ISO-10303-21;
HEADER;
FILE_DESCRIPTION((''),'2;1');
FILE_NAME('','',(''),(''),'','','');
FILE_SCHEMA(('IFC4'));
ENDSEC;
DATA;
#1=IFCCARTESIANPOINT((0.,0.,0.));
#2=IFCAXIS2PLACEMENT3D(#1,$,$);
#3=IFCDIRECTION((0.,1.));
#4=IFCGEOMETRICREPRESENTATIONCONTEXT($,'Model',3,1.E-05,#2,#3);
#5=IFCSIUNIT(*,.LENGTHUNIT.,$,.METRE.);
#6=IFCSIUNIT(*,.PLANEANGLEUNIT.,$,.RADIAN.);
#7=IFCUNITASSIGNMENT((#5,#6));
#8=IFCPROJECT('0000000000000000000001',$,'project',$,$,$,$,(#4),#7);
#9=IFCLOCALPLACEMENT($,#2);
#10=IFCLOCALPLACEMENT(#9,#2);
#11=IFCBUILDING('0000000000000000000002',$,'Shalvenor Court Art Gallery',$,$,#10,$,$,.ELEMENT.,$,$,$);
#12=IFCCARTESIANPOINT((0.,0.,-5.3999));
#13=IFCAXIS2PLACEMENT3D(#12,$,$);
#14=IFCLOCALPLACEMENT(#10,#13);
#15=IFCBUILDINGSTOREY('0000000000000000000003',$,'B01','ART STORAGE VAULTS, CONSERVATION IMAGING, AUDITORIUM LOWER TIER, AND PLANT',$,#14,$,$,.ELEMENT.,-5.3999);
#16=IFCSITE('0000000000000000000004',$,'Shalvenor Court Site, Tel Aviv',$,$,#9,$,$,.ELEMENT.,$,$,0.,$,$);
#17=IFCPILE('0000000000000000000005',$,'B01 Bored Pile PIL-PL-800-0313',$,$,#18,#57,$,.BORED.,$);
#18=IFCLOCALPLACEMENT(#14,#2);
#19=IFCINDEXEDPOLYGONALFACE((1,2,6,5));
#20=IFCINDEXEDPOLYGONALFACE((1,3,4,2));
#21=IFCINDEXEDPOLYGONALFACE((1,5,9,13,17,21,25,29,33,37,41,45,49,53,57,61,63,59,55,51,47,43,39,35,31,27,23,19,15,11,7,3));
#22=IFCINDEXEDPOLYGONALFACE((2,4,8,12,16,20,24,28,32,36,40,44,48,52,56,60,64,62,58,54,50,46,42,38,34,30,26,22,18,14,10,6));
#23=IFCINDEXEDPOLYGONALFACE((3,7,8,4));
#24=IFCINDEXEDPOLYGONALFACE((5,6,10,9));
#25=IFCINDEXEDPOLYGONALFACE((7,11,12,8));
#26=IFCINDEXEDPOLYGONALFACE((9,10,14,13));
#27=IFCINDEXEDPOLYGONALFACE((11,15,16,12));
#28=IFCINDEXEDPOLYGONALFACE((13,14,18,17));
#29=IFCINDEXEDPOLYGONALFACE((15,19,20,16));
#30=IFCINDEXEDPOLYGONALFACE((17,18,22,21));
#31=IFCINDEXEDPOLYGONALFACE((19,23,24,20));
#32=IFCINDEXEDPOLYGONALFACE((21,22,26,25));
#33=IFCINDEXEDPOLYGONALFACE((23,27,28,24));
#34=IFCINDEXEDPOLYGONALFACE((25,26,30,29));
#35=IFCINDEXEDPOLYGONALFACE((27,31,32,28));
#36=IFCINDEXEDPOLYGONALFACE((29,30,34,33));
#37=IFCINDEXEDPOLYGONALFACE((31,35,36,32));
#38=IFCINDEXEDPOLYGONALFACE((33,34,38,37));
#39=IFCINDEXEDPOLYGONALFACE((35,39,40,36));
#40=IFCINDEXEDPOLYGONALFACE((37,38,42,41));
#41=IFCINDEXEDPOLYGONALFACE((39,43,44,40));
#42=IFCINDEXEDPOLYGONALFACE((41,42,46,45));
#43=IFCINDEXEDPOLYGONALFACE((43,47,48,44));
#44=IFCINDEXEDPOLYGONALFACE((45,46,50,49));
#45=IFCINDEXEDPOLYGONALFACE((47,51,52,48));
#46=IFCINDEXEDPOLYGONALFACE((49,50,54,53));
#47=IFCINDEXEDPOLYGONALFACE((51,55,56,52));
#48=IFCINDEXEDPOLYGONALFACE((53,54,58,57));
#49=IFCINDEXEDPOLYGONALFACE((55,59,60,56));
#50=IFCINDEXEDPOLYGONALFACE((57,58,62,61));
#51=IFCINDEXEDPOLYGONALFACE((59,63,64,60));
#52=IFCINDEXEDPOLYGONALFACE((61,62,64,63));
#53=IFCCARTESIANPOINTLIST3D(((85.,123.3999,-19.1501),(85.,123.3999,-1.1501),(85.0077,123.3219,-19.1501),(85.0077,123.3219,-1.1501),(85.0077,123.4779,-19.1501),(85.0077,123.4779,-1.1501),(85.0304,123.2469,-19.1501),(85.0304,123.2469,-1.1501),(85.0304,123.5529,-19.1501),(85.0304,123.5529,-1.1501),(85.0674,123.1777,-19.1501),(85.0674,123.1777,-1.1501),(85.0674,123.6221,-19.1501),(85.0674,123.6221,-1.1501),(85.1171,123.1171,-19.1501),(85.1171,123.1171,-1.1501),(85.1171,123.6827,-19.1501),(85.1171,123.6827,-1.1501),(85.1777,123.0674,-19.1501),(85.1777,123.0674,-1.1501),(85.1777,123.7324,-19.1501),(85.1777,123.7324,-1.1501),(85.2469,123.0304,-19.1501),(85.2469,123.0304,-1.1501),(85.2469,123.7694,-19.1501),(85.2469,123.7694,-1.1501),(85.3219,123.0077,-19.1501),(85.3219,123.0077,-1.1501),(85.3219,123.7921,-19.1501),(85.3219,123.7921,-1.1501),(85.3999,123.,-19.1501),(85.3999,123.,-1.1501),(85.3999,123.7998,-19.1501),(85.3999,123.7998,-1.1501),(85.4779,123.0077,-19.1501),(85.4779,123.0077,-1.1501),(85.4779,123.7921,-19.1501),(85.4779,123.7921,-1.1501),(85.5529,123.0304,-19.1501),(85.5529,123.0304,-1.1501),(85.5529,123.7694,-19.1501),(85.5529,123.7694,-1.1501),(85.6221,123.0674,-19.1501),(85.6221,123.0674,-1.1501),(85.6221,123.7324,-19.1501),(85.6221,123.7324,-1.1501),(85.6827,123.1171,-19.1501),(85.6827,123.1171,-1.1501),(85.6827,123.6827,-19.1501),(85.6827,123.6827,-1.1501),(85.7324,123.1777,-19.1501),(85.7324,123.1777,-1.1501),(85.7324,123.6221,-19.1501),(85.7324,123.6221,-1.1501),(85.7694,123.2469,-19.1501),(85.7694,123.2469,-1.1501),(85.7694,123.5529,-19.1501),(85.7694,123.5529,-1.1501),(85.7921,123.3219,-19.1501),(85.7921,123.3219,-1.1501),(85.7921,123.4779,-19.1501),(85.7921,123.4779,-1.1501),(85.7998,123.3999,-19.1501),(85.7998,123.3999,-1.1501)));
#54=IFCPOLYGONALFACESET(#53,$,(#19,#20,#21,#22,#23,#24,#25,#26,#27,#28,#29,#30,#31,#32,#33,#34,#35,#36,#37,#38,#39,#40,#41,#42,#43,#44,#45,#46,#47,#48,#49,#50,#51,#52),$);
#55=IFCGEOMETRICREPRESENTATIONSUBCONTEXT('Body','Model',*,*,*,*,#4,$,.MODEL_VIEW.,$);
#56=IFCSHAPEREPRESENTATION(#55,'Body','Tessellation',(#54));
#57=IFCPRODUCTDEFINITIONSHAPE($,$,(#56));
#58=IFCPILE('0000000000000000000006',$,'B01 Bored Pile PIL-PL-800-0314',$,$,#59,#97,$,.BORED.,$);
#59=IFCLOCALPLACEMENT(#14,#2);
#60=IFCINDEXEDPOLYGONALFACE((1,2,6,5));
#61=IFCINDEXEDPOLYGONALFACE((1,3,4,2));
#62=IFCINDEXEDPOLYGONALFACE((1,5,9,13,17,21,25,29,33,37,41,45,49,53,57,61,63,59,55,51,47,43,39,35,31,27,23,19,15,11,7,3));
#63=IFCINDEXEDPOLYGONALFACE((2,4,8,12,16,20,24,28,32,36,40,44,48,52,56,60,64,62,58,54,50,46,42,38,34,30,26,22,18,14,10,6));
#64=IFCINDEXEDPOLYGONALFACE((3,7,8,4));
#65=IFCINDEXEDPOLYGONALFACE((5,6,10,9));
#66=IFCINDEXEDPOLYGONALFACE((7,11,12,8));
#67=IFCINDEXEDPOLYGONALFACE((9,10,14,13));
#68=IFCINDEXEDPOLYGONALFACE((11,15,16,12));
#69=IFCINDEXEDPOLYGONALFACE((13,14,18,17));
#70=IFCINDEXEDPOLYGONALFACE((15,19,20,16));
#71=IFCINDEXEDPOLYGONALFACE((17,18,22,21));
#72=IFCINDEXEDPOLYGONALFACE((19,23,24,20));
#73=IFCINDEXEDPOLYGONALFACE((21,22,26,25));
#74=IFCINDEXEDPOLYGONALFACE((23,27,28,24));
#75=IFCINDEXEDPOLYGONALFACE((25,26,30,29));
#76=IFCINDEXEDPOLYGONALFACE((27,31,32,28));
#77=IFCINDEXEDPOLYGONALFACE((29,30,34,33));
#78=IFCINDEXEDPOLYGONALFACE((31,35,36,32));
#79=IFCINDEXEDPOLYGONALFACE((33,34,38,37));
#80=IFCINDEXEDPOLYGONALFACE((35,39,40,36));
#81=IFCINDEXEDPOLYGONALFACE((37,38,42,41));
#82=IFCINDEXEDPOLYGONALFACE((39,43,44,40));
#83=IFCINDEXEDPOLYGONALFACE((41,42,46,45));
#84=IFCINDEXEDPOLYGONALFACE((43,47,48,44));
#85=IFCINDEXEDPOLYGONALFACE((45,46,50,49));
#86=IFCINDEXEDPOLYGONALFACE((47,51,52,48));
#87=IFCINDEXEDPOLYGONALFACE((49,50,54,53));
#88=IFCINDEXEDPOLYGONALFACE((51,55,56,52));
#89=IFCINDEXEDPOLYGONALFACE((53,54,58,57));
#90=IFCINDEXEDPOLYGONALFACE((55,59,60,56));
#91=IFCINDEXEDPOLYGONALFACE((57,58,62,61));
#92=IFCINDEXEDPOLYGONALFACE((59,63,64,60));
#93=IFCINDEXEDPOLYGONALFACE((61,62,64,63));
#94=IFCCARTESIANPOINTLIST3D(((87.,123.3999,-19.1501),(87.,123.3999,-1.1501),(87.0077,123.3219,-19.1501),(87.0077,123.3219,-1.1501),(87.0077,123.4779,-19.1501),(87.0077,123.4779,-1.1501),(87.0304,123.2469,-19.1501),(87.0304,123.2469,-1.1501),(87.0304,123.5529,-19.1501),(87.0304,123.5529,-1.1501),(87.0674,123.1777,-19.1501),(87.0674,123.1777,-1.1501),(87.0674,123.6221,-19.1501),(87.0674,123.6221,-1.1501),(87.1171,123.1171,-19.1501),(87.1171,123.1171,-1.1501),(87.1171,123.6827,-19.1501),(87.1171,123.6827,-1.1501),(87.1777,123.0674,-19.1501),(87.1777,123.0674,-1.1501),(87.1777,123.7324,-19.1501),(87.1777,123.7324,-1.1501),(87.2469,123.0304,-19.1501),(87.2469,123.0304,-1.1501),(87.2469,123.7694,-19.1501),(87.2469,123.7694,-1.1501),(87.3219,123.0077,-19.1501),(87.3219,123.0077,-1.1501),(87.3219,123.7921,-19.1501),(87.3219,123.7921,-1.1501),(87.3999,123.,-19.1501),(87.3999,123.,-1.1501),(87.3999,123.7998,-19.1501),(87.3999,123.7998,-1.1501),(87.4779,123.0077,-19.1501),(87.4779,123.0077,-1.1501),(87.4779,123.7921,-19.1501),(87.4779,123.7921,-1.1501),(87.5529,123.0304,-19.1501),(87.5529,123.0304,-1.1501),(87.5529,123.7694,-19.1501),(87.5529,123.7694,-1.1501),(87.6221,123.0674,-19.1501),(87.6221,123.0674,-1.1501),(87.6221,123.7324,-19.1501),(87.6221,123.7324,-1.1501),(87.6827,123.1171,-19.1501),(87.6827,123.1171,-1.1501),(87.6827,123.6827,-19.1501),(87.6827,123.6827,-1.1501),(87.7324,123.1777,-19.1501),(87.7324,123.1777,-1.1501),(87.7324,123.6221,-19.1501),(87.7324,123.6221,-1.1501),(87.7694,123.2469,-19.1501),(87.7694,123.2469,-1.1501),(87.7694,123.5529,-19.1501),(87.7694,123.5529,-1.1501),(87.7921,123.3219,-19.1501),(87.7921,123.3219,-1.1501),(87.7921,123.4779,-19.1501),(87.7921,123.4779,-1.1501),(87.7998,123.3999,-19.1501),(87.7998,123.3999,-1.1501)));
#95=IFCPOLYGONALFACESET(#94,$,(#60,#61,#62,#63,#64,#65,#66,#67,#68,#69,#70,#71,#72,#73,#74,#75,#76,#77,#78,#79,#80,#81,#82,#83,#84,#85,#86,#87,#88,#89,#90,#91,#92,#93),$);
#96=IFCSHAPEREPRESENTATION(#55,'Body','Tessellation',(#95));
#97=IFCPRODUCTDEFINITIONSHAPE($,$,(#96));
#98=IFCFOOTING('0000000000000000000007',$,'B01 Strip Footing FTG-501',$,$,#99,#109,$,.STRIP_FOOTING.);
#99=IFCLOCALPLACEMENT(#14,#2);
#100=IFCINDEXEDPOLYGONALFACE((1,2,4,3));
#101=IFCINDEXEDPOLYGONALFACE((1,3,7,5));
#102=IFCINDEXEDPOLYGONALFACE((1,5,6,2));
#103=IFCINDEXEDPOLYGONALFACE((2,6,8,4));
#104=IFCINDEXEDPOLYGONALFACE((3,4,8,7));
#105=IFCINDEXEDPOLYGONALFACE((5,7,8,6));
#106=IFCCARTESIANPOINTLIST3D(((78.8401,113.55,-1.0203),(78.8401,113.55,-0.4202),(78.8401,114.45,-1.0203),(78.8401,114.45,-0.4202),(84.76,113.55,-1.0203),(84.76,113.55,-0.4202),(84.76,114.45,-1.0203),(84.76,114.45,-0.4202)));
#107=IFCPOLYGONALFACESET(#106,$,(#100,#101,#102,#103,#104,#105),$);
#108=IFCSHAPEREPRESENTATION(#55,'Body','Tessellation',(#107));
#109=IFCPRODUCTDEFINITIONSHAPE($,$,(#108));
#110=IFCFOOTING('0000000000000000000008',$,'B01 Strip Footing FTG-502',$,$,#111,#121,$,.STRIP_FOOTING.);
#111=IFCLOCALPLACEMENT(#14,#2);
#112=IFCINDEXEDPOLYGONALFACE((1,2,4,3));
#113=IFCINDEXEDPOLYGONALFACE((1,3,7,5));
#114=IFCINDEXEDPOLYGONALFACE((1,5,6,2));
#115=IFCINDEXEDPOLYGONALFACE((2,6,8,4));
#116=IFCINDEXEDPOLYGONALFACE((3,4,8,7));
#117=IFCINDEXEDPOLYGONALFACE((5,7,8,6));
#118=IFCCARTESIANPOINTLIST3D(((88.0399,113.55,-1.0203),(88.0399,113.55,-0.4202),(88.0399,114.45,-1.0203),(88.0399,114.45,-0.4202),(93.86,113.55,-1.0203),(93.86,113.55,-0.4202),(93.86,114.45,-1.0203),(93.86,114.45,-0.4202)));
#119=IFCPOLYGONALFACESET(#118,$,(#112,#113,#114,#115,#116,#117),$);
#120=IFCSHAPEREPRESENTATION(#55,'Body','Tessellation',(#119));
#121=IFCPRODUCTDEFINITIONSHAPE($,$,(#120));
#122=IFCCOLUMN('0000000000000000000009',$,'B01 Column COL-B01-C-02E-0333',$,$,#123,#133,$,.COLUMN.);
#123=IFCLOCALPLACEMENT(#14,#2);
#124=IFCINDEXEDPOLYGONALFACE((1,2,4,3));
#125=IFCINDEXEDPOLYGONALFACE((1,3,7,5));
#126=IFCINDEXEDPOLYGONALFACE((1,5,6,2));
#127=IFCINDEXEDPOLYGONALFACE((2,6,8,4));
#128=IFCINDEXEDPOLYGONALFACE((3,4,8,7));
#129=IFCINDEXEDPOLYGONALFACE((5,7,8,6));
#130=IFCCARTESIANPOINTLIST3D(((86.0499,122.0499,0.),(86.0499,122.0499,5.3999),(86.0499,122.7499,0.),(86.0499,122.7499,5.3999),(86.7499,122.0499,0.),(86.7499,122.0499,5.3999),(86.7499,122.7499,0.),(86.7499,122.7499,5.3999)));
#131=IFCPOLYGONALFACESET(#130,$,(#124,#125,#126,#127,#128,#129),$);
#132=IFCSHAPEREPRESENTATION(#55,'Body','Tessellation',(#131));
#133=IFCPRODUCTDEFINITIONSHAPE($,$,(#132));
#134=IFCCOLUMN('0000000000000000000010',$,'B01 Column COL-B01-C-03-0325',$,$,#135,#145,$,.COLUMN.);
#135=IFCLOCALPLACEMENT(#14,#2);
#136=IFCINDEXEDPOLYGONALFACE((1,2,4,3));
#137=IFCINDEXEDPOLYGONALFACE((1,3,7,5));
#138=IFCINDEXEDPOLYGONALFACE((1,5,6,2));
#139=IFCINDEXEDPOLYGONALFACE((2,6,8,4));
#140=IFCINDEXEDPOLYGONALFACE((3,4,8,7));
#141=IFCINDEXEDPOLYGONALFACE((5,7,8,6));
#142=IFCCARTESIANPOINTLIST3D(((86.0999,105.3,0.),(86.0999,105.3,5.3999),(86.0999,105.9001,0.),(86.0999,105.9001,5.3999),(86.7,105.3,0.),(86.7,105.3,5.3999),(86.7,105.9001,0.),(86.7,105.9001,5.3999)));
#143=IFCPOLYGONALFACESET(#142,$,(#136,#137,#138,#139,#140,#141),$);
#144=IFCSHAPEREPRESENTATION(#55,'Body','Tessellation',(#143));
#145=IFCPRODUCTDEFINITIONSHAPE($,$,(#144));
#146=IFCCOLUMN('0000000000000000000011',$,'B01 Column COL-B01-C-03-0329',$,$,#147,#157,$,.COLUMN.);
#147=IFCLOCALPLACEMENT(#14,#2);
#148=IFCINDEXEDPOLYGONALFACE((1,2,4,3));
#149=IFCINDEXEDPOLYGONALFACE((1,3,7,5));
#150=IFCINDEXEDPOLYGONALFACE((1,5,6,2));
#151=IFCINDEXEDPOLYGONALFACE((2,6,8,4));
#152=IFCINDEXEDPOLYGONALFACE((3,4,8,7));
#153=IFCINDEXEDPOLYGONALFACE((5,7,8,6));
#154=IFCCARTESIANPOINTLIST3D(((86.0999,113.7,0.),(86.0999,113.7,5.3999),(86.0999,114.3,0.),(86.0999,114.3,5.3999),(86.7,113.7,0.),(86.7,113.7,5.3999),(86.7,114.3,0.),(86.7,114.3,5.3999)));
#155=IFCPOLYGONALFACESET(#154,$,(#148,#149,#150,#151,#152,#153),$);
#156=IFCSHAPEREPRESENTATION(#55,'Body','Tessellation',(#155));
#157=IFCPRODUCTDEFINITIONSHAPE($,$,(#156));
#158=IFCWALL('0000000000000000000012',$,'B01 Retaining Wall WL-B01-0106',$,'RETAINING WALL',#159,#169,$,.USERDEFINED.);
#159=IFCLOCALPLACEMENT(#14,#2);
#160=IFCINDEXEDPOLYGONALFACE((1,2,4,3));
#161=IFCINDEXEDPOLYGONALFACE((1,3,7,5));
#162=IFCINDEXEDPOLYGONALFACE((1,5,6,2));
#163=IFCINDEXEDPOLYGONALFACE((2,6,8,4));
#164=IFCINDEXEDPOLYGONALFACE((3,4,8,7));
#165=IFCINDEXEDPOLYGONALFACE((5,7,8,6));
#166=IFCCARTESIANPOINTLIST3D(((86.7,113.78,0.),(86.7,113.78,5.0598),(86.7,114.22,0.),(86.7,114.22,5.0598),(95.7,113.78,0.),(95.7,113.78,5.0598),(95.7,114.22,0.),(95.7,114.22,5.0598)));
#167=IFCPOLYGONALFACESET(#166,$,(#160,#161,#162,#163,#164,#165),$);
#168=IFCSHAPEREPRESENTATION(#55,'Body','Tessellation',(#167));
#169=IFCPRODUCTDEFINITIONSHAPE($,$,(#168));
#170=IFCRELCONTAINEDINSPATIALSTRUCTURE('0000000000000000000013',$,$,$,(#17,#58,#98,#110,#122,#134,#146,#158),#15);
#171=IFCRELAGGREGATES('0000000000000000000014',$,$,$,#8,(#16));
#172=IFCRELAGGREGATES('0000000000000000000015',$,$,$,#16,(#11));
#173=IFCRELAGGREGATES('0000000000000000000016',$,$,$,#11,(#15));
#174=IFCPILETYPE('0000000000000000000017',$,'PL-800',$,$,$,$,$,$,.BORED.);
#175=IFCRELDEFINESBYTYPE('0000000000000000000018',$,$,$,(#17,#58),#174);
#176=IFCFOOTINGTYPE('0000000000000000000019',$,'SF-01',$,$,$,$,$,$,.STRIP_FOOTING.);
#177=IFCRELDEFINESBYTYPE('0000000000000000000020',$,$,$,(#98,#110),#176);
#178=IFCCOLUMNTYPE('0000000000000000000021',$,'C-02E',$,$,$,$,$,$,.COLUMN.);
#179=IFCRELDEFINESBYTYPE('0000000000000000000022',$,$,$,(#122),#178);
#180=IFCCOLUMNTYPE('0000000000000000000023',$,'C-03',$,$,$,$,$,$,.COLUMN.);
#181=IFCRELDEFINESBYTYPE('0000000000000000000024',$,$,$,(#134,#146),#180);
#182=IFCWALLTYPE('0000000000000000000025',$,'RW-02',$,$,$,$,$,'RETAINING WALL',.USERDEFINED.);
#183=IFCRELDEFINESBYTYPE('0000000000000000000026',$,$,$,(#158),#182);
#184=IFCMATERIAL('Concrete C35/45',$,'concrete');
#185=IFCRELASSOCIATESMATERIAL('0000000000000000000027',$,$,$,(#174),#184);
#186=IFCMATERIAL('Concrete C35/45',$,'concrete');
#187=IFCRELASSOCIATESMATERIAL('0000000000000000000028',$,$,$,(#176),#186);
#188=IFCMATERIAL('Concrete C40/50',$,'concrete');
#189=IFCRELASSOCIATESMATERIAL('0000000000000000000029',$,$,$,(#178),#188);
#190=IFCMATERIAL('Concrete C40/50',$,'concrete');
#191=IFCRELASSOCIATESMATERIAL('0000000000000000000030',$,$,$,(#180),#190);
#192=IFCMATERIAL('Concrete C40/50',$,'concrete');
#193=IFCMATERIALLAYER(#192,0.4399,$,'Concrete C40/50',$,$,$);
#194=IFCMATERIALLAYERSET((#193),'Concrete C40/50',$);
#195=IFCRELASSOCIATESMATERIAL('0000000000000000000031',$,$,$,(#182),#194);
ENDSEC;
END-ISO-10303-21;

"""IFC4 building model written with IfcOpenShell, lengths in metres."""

from ifc_helpers import new_model, si_unit, direction, frame, frame_2d, origin, origin_2d, place, context, subcontext, project, spatial, rectangle, circle, extrude, material, layer, layer_set, material_profile, profile_set, type_object, element, save


model = new_model("IFC4")

# Units and contexts
model_context = context("Model", 3, precision=1e-05, world=origin(), true_north=direction((0.0, 1.0)))
body_context = subcontext(model_context, "Body", "Model", "MODEL_VIEW")
ifc_project = project(units=[si_unit("LENGTHUNIT", "METRE"), si_unit("PLANEANGLEUNIT", "RADIAN")], contexts=[model_context])

# Site, building, storey
site_placement = place(None, origin())
site = spatial("IfcSite", under=ifc_project, at=site_placement, Name="Shalvenor Court Site, Tel Aviv", CompositionType="ELEMENT", RefElevation=0.0)
building_placement = place(site_placement, origin())
building = spatial("IfcBuilding", under=site, at=building_placement, Name="Shalvenor Court Art Gallery", CompositionType="ELEMENT")
storey_placement = place(building_placement, frame((0.0, 0.0, -5.3999)))
storey = spatial("IfcBuildingStorey", under=building, at=storey_placement, Name="B01", Description="ART STORAGE VAULTS, CONSERVATION IMAGING, AUDITORIUM LOWER TIER, AND PLANT", CompositionType="ELEMENT", Elevation=-5.3999)

# Piles
ifc_material_1 = material(Name="Concrete C35/45", Category="concrete")
ifc_material_profile_1 = material_profile(ifc_material_1, circle(Radius=0.3999, at=origin_2d()), Name="PILE 800")
ifc_profile_set_1 = profile_set([ifc_material_profile_1], Name="Concrete C35/45")
pile_type_1 = type_object("IfcPileType", Name="PL-800", PredefinedType="BORED", material=ifc_profile_set_1)
for number, where, z_axis, x_axis, name in (
    (1, (85.3999, 123.3999, -1.1501), (0.0, 0.0, -1.0), (1.0, 0.0, 0.0), "B01 Bored Pile PIL-PL-800-0313"),
    (2, (87.3999, 123.3999, -1.1501), (0.0, 0.0, -1.0), (1.0, 0.0, 0.0), "B01 Bored Pile PIL-PL-800-0314"),
):
    element("IfcPile", number, at=place(storey_placement, frame(where, z_axis=z_axis, x_axis=x_axis)), inside=storey, type_object=pile_type_1, Name=name, PredefinedType="BORED", context=body_context, shape_type="SweptSolid", body=[
        extrude(circle(Radius=0.3999, at=origin_2d()), origin(), (0.0, 0.0, 1.0), 18.0),
    ])

# Footings
ifc_material_2 = material(Name="Concrete C35/45", Category="concrete")
footing_type_1 = type_object("IfcFootingType", Name="SF-01", PredefinedType="STRIP_FOOTING", material=ifc_material_2)
footing_1_placement = place(storey_placement, frame((81.8, 114.0, -1.0203), z_axis=(0.0, 0.0, 1.0), x_axis=(1.0, 0.0, 0.0)))
element("IfcFooting", 3, at=footing_1_placement, inside=storey, type_object=footing_type_1, Name="B01 Strip Footing FTG-501", PredefinedType="STRIP_FOOTING", context=body_context, shape_type="SweptSolid", body=[
    extrude(rectangle(XDim=5.9199, YDim=0.8999, at=origin_2d()), origin(), (0.0, 0.0, 1.0), 0.6001),
])
footing_2_placement = place(storey_placement, frame((90.95, 114.0, -1.0203), z_axis=(0.0, 0.0, 1.0), x_axis=(1.0, 0.0, 0.0)))
element("IfcFooting", 4, at=footing_2_placement, inside=storey, type_object=footing_type_1, Name="B01 Strip Footing FTG-502", PredefinedType="STRIP_FOOTING", context=body_context, shape_type="SweptSolid", body=[
    extrude(rectangle(XDim=5.8201, YDim=0.8999, at=origin_2d()), origin(), (0.0, 0.0, 1.0), 0.6001),
])

# Columns
ifc_material_3 = material(Name="Concrete C40/50", Category="concrete")
ifc_material_profile_2 = material_profile(ifc_material_3, rectangle(XDim=0.7, YDim=0.7, at=origin_2d()), Name="RC 700x700")
ifc_profile_set_2 = profile_set([ifc_material_profile_2], Name="Concrete C40/50")
column_type_1 = type_object("IfcColumnType", Name="C-02E", PredefinedType="COLUMN", material=ifc_profile_set_2)
column_placement = place(storey_placement, frame((86.3999, 122.3999, 0.0), z_axis=(0.0, 0.0, 1.0), x_axis=(1.0, 0.0, 0.0)))
element("IfcColumn", 5, at=column_placement, inside=storey, type_object=column_type_1, Name="B01 Column COL-B01-C-02E-0333", PredefinedType="COLUMN", context=body_context, shape_type="SweptSolid", body=[
    extrude(rectangle(XDim=0.7, YDim=0.7, at=origin_2d()), origin(), (0.0, 0.0, 1.0), 5.3999),
])
ifc_material_4 = material(Name="Concrete C40/50", Category="concrete")
ifc_material_profile_3 = material_profile(ifc_material_4, rectangle(XDim=0.6001, YDim=0.6001, at=origin_2d()), Name="RC 600x600")
ifc_profile_set_3 = profile_set([ifc_material_profile_3], Name="Concrete C40/50")
column_type_2 = type_object("IfcColumnType", Name="C-03", PredefinedType="COLUMN", material=ifc_profile_set_3)
for number, where, z_axis, x_axis, name in (
    (6, (86.3999, 105.6001, 0.0), (0.0, 0.0, 1.0), (1.0, 0.0, 0.0), "B01 Column COL-B01-C-03-0325"),
    (7, (86.3999, 114.0, 0.0), (0.0, 0.0, 1.0), (1.0, 0.0, 0.0), "B01 Column COL-B01-C-03-0329"),
):
    element("IfcColumn", number, at=place(storey_placement, frame(where, z_axis=z_axis, x_axis=x_axis)), inside=storey, type_object=column_type_2, Name=name, PredefinedType="COLUMN", context=body_context, shape_type="SweptSolid", body=[
        extrude(rectangle(XDim=0.6001, YDim=0.6001, at=origin_2d()), origin(), (0.0, 0.0, 1.0), 5.3999),
    ])

# Wall
ifc_material_5 = material(Name="Concrete C40/50", Category="concrete")
ifc_layer = layer(ifc_material_5, 0.4399, Name="Concrete C40/50")
ifc_layer_set = layer_set([ifc_layer], Name="Concrete C40/50")
wall_type = type_object("IfcWallType", Name="RW-02", ElementType="RETAINING WALL", PredefinedType="USERDEFINED", material=ifc_layer_set)
wall_placement = place(storey_placement, frame((86.7, 114.0, 0.0), z_axis=(0.0, 0.0, 1.0), x_axis=(1.0, 0.0, 0.0)))
element("IfcWall", 8, at=wall_placement, inside=storey, type_object=wall_type, Name="B01 Retaining Wall WL-B01-0106", ObjectType="RETAINING WALL", PredefinedType="USERDEFINED", context=body_context, shape_type="SweptSolid", body=[
    extrude(rectangle(XDim=9.0, YDim=0.4399, at=frame_2d((4.5, 0.0))), origin(), (0.0, 0.0, 1.0), 5.0598),
])

save(model, "model.ifc")
